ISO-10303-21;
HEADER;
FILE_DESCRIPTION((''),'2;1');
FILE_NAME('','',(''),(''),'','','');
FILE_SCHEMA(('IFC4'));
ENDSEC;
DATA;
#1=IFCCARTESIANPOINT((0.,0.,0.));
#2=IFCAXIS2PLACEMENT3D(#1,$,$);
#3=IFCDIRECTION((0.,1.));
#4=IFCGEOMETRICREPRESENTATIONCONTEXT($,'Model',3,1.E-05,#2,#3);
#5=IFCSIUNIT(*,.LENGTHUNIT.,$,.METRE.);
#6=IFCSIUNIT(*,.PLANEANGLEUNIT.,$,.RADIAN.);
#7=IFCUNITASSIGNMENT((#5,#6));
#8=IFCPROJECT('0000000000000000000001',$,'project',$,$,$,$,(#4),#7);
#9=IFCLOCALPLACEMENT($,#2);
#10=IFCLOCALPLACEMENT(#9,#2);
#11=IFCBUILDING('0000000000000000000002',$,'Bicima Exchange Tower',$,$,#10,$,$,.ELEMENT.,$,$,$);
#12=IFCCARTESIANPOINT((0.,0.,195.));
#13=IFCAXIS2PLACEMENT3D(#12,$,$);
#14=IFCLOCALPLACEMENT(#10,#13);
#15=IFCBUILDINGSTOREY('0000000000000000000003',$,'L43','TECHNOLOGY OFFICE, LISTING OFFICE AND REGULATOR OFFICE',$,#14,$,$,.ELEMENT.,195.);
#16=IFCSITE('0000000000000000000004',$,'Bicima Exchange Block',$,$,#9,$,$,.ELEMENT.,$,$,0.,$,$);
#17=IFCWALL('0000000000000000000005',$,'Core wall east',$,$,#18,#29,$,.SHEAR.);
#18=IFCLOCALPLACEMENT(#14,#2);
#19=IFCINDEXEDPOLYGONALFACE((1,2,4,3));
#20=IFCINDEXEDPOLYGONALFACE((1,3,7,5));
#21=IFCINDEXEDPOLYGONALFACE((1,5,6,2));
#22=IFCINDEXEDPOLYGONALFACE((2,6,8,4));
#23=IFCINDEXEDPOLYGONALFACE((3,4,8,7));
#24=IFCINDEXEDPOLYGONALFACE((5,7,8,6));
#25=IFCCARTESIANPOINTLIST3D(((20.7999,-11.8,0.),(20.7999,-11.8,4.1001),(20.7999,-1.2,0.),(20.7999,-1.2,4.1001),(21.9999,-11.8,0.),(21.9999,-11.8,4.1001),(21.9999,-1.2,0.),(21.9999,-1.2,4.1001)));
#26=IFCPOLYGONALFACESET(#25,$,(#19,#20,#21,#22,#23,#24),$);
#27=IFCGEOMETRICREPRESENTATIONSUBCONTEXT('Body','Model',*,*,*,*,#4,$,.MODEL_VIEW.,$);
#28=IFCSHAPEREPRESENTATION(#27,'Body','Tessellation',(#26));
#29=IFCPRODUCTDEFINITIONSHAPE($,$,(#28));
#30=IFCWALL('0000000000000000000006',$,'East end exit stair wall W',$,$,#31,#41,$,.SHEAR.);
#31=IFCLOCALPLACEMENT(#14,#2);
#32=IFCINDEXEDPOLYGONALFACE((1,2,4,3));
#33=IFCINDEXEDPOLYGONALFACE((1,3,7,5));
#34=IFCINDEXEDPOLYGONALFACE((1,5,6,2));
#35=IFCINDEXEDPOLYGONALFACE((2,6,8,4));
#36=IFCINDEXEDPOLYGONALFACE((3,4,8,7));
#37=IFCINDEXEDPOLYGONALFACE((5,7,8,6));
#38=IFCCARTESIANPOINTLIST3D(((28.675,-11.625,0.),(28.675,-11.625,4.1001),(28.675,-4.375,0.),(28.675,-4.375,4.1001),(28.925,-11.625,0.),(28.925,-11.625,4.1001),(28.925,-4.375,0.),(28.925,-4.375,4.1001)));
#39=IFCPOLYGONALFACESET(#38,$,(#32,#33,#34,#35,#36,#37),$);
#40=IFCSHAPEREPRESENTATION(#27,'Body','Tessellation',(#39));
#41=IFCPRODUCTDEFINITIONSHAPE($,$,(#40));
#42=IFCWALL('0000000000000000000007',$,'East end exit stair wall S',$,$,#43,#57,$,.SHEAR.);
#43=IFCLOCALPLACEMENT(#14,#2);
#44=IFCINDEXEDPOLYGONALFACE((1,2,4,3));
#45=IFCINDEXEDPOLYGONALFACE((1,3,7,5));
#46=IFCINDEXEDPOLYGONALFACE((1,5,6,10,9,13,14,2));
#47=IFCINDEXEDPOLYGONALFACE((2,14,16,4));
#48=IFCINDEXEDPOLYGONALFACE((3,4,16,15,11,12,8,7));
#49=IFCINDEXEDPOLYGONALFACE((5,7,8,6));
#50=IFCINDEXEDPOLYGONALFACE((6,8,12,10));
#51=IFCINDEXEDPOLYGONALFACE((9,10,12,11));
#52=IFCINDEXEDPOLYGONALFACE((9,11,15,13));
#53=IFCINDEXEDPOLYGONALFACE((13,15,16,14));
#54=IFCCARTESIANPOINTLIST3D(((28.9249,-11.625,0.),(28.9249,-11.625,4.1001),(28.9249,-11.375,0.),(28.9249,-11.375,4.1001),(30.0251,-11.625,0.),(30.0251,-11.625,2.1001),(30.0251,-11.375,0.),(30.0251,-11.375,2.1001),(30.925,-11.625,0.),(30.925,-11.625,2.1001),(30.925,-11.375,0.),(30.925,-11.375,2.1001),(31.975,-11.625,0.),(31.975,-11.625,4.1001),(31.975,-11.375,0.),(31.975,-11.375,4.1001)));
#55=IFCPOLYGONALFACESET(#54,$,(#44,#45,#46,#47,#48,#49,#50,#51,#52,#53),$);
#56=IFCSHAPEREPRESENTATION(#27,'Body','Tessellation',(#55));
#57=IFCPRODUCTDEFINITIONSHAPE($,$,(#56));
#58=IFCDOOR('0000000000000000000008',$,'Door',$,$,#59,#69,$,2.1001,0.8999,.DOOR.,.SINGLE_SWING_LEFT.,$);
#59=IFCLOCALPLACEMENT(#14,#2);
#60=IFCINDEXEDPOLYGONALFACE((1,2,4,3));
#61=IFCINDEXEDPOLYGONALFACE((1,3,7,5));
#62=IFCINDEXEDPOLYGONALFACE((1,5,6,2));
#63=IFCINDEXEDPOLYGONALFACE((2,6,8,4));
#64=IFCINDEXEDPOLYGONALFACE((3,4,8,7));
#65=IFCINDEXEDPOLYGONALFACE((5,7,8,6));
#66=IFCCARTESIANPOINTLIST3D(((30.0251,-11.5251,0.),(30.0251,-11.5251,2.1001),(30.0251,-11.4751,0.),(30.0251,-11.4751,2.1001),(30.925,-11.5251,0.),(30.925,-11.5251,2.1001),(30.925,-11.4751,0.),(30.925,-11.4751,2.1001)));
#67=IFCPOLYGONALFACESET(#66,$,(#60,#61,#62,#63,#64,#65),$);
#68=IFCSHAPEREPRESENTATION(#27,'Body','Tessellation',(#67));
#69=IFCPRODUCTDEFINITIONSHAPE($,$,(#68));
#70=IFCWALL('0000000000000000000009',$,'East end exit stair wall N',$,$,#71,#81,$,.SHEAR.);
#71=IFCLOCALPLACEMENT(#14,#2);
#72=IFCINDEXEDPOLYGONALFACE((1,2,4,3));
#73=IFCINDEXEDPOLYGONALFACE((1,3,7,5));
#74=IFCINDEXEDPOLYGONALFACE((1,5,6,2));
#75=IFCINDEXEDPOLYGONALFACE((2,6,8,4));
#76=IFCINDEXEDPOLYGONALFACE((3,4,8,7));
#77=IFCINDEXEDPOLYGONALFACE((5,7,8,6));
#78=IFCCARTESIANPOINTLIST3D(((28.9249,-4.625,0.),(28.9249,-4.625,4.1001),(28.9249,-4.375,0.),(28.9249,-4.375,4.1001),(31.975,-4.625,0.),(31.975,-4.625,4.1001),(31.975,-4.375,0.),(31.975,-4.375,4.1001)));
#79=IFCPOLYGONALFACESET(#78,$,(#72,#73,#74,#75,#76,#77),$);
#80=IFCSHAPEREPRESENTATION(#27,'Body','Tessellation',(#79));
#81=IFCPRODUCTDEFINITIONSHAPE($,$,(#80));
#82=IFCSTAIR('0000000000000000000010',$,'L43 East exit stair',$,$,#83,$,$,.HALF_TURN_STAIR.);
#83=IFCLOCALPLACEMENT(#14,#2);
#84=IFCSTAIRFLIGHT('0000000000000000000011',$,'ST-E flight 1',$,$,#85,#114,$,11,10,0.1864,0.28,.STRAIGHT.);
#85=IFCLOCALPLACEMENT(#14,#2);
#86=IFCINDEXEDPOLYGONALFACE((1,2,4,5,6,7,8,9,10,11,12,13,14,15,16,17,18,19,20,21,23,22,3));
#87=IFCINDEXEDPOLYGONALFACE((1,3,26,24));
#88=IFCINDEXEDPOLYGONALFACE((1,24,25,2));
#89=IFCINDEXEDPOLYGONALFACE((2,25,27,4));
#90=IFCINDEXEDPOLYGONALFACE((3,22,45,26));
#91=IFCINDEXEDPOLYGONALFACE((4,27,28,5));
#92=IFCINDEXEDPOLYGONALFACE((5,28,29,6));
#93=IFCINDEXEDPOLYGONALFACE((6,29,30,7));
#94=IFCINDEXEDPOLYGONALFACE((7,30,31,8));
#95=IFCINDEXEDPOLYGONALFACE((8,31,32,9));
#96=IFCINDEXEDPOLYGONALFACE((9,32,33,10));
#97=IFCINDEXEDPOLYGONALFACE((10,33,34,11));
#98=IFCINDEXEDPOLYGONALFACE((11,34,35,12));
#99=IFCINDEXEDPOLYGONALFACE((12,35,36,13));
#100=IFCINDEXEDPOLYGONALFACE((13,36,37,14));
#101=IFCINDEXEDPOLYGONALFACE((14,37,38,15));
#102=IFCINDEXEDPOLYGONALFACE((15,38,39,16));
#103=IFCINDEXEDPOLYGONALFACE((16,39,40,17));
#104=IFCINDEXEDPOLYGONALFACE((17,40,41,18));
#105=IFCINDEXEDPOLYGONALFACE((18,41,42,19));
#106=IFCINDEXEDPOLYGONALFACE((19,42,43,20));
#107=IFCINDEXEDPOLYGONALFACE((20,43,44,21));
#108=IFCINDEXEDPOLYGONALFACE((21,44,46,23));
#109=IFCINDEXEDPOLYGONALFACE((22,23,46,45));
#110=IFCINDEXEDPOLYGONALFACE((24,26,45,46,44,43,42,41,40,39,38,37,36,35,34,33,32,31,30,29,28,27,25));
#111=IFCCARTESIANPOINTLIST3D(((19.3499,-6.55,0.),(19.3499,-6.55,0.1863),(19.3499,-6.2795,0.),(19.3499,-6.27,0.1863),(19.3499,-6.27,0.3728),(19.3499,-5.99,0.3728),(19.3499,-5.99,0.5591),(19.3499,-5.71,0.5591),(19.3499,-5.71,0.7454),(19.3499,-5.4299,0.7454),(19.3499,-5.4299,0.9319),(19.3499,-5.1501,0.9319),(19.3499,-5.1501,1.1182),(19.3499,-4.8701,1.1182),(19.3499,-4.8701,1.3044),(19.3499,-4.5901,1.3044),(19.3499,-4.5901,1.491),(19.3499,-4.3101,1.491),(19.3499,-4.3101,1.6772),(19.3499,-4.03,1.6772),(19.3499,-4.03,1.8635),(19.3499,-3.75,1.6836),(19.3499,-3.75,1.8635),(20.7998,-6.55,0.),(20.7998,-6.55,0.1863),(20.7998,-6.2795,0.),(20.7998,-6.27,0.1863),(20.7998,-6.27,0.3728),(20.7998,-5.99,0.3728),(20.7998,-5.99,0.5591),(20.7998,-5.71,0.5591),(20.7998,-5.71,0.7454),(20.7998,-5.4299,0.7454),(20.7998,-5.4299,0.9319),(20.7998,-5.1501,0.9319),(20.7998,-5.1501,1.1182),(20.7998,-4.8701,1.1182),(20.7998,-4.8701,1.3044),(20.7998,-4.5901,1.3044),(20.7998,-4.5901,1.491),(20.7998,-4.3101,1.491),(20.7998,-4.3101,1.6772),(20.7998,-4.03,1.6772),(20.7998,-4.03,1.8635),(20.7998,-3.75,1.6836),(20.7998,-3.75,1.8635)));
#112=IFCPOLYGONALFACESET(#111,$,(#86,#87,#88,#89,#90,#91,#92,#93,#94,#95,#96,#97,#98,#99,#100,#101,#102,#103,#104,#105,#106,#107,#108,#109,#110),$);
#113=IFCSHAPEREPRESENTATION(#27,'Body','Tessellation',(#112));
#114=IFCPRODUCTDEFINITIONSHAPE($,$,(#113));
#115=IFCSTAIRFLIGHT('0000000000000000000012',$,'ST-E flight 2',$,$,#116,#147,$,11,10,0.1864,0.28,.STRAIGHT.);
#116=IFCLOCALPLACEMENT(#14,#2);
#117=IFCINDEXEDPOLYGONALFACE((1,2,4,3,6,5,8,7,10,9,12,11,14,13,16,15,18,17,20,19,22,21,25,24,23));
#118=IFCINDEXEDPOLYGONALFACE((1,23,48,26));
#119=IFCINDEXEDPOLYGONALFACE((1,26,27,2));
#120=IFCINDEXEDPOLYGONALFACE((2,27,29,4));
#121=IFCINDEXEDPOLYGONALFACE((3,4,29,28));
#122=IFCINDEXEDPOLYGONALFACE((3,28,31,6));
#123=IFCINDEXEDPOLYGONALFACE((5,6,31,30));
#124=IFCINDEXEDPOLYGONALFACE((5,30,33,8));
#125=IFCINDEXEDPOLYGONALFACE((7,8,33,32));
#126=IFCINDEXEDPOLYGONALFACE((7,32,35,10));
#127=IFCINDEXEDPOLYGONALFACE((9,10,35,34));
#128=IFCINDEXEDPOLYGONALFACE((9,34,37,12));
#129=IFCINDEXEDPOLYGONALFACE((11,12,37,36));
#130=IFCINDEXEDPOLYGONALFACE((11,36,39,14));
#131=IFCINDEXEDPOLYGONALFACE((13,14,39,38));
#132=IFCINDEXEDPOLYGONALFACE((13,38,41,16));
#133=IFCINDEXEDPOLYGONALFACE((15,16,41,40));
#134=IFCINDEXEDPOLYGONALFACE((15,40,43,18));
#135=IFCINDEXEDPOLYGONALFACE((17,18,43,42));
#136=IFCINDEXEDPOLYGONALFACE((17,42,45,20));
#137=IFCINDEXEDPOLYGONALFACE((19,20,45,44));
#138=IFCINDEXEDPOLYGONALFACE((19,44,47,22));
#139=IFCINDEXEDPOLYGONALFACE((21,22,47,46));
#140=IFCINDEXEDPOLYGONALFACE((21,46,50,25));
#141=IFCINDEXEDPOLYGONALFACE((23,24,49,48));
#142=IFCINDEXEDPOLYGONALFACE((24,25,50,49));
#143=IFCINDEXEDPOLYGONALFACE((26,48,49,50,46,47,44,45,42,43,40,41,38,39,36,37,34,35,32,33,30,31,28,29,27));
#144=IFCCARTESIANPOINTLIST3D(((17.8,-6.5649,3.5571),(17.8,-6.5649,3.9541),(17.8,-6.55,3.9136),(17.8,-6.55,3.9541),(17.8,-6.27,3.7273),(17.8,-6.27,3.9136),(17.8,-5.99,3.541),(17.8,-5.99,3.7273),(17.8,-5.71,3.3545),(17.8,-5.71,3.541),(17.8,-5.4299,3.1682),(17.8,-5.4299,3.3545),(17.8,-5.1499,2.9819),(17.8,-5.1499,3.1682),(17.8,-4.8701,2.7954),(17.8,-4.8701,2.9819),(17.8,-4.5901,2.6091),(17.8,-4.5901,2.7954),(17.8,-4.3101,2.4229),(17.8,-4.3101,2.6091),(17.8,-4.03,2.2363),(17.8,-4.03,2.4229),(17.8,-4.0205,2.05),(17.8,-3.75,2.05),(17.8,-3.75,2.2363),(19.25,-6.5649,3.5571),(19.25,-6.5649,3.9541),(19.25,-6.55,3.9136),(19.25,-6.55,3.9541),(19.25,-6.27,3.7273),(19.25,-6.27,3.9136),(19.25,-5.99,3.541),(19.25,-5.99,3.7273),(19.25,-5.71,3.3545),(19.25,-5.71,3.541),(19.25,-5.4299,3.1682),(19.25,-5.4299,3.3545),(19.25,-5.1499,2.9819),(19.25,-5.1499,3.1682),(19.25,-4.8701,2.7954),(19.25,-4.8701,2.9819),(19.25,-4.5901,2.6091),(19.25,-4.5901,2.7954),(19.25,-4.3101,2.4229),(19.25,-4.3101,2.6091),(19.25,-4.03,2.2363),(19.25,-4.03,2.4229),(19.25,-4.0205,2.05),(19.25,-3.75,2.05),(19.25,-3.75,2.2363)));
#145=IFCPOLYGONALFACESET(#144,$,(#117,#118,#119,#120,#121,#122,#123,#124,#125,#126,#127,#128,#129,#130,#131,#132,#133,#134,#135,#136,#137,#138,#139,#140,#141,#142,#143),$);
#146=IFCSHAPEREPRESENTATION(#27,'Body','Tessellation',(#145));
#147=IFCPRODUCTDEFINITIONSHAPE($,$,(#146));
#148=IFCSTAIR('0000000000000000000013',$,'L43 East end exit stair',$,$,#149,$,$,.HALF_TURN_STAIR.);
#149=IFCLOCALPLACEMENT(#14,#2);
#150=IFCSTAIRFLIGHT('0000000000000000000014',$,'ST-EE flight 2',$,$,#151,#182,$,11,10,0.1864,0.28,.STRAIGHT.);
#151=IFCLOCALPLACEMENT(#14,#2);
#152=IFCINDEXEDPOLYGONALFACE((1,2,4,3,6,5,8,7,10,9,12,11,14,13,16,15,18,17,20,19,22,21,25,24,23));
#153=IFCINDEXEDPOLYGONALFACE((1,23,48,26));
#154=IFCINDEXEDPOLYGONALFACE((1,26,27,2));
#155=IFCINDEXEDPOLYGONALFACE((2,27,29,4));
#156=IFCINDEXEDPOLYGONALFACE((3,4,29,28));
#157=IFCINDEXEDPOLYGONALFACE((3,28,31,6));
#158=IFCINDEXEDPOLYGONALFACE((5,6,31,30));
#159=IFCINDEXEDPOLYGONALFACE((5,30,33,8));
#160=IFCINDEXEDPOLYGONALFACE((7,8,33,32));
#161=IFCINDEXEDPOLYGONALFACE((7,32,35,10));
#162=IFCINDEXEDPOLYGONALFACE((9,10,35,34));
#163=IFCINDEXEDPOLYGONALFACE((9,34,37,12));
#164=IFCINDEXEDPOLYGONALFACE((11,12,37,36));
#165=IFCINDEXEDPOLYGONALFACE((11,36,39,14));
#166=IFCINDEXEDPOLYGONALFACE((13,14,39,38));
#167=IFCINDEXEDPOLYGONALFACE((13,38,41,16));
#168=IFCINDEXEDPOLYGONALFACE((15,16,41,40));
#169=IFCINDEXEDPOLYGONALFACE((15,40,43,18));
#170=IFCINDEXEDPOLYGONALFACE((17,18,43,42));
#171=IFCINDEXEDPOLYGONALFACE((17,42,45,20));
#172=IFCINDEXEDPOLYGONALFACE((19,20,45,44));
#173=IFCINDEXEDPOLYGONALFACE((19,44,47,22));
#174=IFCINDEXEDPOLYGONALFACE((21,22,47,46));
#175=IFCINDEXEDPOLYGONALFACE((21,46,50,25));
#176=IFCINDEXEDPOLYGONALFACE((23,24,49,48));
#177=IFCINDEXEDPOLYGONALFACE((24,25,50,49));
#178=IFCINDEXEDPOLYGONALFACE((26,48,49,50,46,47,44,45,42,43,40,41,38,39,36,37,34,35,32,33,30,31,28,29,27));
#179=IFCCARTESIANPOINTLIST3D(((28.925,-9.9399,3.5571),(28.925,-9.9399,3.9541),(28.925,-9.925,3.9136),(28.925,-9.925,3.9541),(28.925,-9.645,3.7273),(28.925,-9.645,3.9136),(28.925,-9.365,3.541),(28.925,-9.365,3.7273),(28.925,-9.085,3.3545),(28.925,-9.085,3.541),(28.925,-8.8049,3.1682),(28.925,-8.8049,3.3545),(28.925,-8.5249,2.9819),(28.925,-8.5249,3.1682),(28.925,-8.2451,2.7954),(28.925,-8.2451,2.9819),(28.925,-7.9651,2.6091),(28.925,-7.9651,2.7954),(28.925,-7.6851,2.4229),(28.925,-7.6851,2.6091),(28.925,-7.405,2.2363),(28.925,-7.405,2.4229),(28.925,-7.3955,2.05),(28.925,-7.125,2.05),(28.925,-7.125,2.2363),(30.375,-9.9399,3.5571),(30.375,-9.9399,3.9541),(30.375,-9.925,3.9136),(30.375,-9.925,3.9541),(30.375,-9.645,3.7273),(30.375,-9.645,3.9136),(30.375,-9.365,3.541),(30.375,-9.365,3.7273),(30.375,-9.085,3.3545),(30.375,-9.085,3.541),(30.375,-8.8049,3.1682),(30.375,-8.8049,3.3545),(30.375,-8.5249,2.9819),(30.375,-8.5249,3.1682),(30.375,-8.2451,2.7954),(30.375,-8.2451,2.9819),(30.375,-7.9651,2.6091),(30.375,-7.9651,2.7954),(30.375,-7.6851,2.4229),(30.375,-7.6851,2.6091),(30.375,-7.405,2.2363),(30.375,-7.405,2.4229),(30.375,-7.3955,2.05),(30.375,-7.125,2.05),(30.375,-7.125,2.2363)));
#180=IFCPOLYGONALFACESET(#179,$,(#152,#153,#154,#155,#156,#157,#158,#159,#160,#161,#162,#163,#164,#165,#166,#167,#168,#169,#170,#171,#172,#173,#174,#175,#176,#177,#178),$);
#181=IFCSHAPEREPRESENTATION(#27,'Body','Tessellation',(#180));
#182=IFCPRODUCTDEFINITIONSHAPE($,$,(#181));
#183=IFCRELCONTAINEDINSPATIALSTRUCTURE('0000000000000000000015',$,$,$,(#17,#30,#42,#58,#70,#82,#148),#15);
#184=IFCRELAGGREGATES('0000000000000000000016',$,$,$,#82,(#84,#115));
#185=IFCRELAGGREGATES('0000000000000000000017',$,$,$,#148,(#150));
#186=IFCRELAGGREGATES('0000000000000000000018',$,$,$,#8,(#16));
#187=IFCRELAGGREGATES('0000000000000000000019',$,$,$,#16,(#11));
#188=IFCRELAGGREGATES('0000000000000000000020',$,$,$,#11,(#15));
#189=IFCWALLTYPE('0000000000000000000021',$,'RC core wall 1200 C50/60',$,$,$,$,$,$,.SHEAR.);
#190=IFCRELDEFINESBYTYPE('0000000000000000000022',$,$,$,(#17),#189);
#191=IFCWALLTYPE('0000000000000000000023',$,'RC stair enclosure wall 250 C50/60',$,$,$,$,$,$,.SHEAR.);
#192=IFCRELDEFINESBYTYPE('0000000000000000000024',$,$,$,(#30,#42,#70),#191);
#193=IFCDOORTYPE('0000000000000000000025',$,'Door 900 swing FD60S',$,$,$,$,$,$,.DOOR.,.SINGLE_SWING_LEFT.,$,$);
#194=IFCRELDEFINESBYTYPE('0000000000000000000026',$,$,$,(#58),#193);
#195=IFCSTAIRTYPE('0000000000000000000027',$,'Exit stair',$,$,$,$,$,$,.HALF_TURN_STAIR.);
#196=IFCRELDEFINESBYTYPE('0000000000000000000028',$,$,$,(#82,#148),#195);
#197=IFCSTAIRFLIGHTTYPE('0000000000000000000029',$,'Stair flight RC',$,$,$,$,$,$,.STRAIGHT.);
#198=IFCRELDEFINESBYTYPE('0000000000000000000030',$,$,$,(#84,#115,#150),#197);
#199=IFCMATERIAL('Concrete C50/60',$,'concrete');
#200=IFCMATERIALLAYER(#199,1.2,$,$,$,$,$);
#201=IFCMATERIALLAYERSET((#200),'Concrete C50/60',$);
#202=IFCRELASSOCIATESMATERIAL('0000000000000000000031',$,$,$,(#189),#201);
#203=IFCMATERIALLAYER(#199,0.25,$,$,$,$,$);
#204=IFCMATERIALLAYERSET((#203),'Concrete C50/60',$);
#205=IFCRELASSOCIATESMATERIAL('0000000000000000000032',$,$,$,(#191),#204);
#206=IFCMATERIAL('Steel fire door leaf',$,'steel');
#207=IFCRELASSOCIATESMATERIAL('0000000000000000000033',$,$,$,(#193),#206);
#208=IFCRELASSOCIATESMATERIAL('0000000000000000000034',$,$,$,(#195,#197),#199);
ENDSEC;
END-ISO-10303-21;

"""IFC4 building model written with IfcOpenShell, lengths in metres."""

from ifc_helpers import new_model, si_unit, direction, frame, frame_2d, origin, place, context, subcontext, project, spatial, polyline, rectangle, outline, extrude, material, layer, layer_set, type_object, element, fill, aggregate, save


model = new_model("IFC4")

# Units and contexts
model_context = context("Model", 3, precision=1e-05, world=origin(), true_north=direction((0.0, 1.0)))
body_context = subcontext(model_context, "Body", "Model", "MODEL_VIEW")
ifc_project = project(units=[si_unit("LENGTHUNIT", "METRE"), si_unit("PLANEANGLEUNIT", "RADIAN")], contexts=[model_context])

# Site, building, storey
site_placement = place(None, origin())
site = spatial("IfcSite", under=ifc_project, at=site_placement, Name="Bicima Exchange Block", CompositionType="ELEMENT", RefElevation=0.0)
building_placement = place(site_placement, origin())
building = spatial("IfcBuilding", under=site, at=building_placement, Name="Bicima Exchange Tower", CompositionType="ELEMENT")
storey_placement = place(building_placement, frame((0.0, 0.0, 195.0)))
storey = spatial("IfcBuildingStorey", under=building, at=storey_placement, Name="L43", Description="TECHNOLOGY OFFICE, LISTING OFFICE AND REGULATOR OFFICE", CompositionType="ELEMENT", Elevation=195.0)

# Walls
ifc_material_1 = material(Name="Concrete C50/60", Category="concrete")
ifc_layer_1 = layer(ifc_material_1, 1.2)
ifc_layer_set_1 = layer_set([ifc_layer_1], Name="Concrete C50/60")
wall_type_1 = type_object("IfcWallType", Name="RC core wall 1200 C50/60", PredefinedType="SHEAR", material=ifc_layer_set_1)
wall_1_placement = place(storey_placement, frame((21.3999, -11.8, 0.0), z_axis=(0.0, 0.0, 1.0), x_axis=(0.0, 1.0, 0.0)))
element("IfcWall", 1, at=wall_1_placement, inside=storey, type_object=wall_type_1, Name="Core wall east", PredefinedType="SHEAR", context=body_context, shape_type="SweptSolid", body=[
    extrude(rectangle(XDim=10.6001, YDim=1.2, at=frame_2d((5.3, 0.0))), origin(), (0.0, 0.0, 1.0), 4.1001),
])
ifc_layer_2 = layer(ifc_material_1, 0.25)
ifc_layer_set_2 = layer_set([ifc_layer_2], Name="Concrete C50/60")
wall_type_2 = type_object("IfcWallType", Name="RC stair enclosure wall 250 C50/60", PredefinedType="SHEAR", material=ifc_layer_set_2)
wall_2_placement = place(storey_placement, frame((28.8, -11.625, 0.0), z_axis=(0.0, 0.0, 1.0), x_axis=(0.0, 1.0, 0.0)))
element("IfcWall", 2, at=wall_2_placement, inside=storey, type_object=wall_type_2, Name="East end exit stair wall W", PredefinedType="SHEAR", context=body_context, shape_type="SweptSolid", body=[
    extrude(rectangle(XDim=7.25, YDim=0.25, at=frame_2d((3.625, 0.0))), origin(), (0.0, 0.0, 1.0), 4.1001),
])

# Wall, opening, door
wall_3_placement = place(storey_placement, frame((28.925, -11.5, 0.0), z_axis=(0.0, 0.0, 1.0), x_axis=(1.0, 0.0, 0.0)))
wall_3 = element("IfcWall", 3, at=wall_3_placement, inside=storey, type_object=wall_type_2, Name="East end exit stair wall S", PredefinedType="SHEAR", context=body_context, shape_type="SweptSolid", body=[
    extrude(rectangle(XDim=3.05, YDim=0.25, at=frame_2d((1.5249, 0.0))), origin(), (0.0, 0.0, 1.0), 4.1001),
])
opening_placement = place(wall_3_placement, frame((1.1001, 0.0, 0.0)))
opening = element("IfcOpeningElement", 4, at=opening_placement, cuts=wall_3, PredefinedType="OPENING", context=body_context, shape_type="SweptSolid", body=[
    extrude(rectangle(XDim=0.8999, YDim=2.1001, at=frame_2d((0.45, 1.05))), frame((0.0, 0.137, 0.0), z_axis=(0.0, -1.0, 0.0), x_axis=(1.0, 0.0, 0.0)), (0.0, 0.0, 1.0), 0.2739),
])
ifc_material_2 = material(Name="Steel fire door leaf", Category="steel")
door_type = type_object("IfcDoorType", Name="Door 900 swing FD60S", OperationType="SINGLE_SWING_LEFT", PredefinedType="DOOR", material=ifc_material_2)
door_placement = place(opening_placement, origin())
door = element("IfcDoor", 5, at=door_placement, inside=storey, type_object=door_type, Name="Door", OperationType="SINGLE_SWING_LEFT", OverallHeight=2.1001, OverallWidth=0.8999, PredefinedType="DOOR", context=body_context, shape_type="SweptSolid", body=[
    extrude(rectangle(XDim=0.8999, YDim=2.1001, at=frame_2d((0.45, 1.05))), frame((0.0, 0.0249, 0.0), z_axis=(0.0, -1.0, 0.0), x_axis=(1.0, 0.0, 0.0)), (0.0, 0.0, 1.0), 0.05),
])
fill(opening, door)

# Wall
wall_4_placement = place(storey_placement, frame((28.925, -4.5, 0.0), z_axis=(0.0, 0.0, 1.0), x_axis=(1.0, 0.0, 0.0)))
element("IfcWall", 6, at=wall_4_placement, inside=storey, type_object=wall_type_2, Name="East end exit stair wall N", PredefinedType="SHEAR", context=body_context, shape_type="SweptSolid", body=[
    extrude(rectangle(XDim=3.05, YDim=0.25, at=frame_2d((1.5249, 0.0))), origin(), (0.0, 0.0, 1.0), 4.1001),
])

# Stair, stair flights
stair_type = type_object("IfcStairType", Name="Exit stair", PredefinedType="HALF_TURN_STAIR", material=ifc_material_1)
stair_1_placement = place(storey_placement, origin())
stair_1 = element("IfcStair", 7, at=stair_1_placement, inside=storey, type_object=stair_type, Name="L43 East exit stair", PredefinedType="HALF_TURN_STAIR")
stair_flight_type = type_object("IfcStairFlightType", Name="Stair flight RC", PredefinedType="STRAIGHT", material=ifc_material_1)
stair_flight_1_placement = place(storey_placement, frame((20.075, -6.55, 0.0), z_axis=(0.0, 0.0, 1.0), x_axis=(0.0, 1.0, 0.0)))
stair_flight_1 = element("IfcStairFlight", 8, at=stair_flight_1_placement, type_object=stair_flight_type, Name="ST-E flight 1", NumberOfRisers=11, NumberOfTreads=10, PredefinedType="STRAIGHT", RiserHeight=0.1864, TreadLength=0.28, context=body_context, shape_type="SweptSolid", body=[
    extrude(outline(polyline([(0.0, 0.0), (0.0, 0.1863), (0.28, 0.1863), (0.28, 0.3728), (0.5601, 0.3728), (0.5601, 0.5591), (0.8401, 0.5591), (0.8401, 0.7454), (1.1201, 0.7454), (1.1201, 0.9319), (1.3999, 0.9319), (1.3999, 1.1182), (1.6799, 1.1182), (1.6799, 1.3044), (1.96, 1.3044), (1.96, 1.491), (2.24, 1.491), (2.24, 1.6772), (2.52, 1.6772), (2.52, 1.8635), (2.8, 1.8635), (2.8, 2.05), (2.8, 1.6836), (0.2705, 0.0), (0.0, 0.0)])), frame((0.0, 0.7251, 0.0), z_axis=(0.0, -1.0, 0.0), x_axis=(1.0, 0.0, 0.0)), (0.0, 0.0, 1.0), 1.45),
])
stair_flight_2_placement = place(storey_placement, frame((18.5249, -3.75, 2.05), z_axis=(0.0, 0.0, 1.0), x_axis=(0.0, -1.0, 0.0)))
stair_flight_2 = element("IfcStairFlight", 9, at=stair_flight_2_placement, type_object=stair_flight_type, Name="ST-E flight 2", NumberOfRisers=11, NumberOfTreads=10, PredefinedType="STRAIGHT", RiserHeight=0.1864, TreadLength=0.28, context=body_context, shape_type="SweptSolid", body=[
    extrude(outline(polyline([(0.0, 0.0), (0.0, 0.1863), (0.28, 0.1863), (0.28, 0.3728), (0.5601, 0.3728), (0.5601, 0.5591), (0.8401, 0.5591), (0.8401, 0.7454), (1.1201, 0.7454), (1.1201, 0.9319), (1.3999, 0.9319), (1.3999, 1.1182), (1.6799, 1.1182), (1.6799, 1.3044), (1.96, 1.3044), (1.96, 1.491), (2.24, 1.491), (2.24, 1.6772), (2.52, 1.6772), (2.52, 1.8635), (2.8, 1.8635), (2.8, 1.9041), (2.8149, 1.9041), (2.8149, 1.5071), (0.2705, 0.0), (0.0, 0.0)])), frame((0.0, 0.7251, 0.0), z_axis=(0.0, -1.0, 0.0), x_axis=(1.0, 0.0, 0.0)), (0.0, 0.0, 1.0), 1.45),
])
aggregate(stair_1, [stair_flight_1, stair_flight_2])

# Stair, stair flight
stair_2_placement = place(storey_placement, origin())
stair_2 = element("IfcStair", 10, at=stair_2_placement, inside=storey, type_object=stair_type, Name="L43 East end exit stair", PredefinedType="HALF_TURN_STAIR")
stair_flight_3_placement = place(storey_placement, frame((29.6499, -7.125, 2.05), z_axis=(0.0, 0.0, 1.0), x_axis=(0.0, -1.0, 0.0)))
stair_flight_3 = element("IfcStairFlight", 11, at=stair_flight_3_placement, type_object=stair_flight_type, Name="ST-EE flight 2", NumberOfRisers=11, NumberOfTreads=10, PredefinedType="STRAIGHT", RiserHeight=0.1864, TreadLength=0.28, context=body_context, shape_type="SweptSolid", body=[
    extrude(outline(polyline([(0.0, 0.0), (0.0, 0.1863), (0.28, 0.1863), (0.28, 0.3728), (0.5601, 0.3728), (0.5601, 0.5591), (0.8401, 0.5591), (0.8401, 0.7454), (1.1201, 0.7454), (1.1201, 0.9319), (1.3999, 0.9319), (1.3999, 1.1182), (1.6799, 1.1182), (1.6799, 1.3044), (1.96, 1.3044), (1.96, 1.491), (2.24, 1.491), (2.24, 1.6772), (2.52, 1.6772), (2.52, 1.8635), (2.8, 1.8635), (2.8, 1.9041), (2.8149, 1.9041), (2.8149, 1.5071), (0.2705, 0.0), (0.0, 0.0)])), frame((0.0, 0.7251, 0.0), z_axis=(0.0, -1.0, 0.0), x_axis=(1.0, 0.0, 0.0)), (0.0, 0.0, 1.0), 1.45),
])
aggregate(stair_2, [stair_flight_3])

save(model, "model.ifc")
